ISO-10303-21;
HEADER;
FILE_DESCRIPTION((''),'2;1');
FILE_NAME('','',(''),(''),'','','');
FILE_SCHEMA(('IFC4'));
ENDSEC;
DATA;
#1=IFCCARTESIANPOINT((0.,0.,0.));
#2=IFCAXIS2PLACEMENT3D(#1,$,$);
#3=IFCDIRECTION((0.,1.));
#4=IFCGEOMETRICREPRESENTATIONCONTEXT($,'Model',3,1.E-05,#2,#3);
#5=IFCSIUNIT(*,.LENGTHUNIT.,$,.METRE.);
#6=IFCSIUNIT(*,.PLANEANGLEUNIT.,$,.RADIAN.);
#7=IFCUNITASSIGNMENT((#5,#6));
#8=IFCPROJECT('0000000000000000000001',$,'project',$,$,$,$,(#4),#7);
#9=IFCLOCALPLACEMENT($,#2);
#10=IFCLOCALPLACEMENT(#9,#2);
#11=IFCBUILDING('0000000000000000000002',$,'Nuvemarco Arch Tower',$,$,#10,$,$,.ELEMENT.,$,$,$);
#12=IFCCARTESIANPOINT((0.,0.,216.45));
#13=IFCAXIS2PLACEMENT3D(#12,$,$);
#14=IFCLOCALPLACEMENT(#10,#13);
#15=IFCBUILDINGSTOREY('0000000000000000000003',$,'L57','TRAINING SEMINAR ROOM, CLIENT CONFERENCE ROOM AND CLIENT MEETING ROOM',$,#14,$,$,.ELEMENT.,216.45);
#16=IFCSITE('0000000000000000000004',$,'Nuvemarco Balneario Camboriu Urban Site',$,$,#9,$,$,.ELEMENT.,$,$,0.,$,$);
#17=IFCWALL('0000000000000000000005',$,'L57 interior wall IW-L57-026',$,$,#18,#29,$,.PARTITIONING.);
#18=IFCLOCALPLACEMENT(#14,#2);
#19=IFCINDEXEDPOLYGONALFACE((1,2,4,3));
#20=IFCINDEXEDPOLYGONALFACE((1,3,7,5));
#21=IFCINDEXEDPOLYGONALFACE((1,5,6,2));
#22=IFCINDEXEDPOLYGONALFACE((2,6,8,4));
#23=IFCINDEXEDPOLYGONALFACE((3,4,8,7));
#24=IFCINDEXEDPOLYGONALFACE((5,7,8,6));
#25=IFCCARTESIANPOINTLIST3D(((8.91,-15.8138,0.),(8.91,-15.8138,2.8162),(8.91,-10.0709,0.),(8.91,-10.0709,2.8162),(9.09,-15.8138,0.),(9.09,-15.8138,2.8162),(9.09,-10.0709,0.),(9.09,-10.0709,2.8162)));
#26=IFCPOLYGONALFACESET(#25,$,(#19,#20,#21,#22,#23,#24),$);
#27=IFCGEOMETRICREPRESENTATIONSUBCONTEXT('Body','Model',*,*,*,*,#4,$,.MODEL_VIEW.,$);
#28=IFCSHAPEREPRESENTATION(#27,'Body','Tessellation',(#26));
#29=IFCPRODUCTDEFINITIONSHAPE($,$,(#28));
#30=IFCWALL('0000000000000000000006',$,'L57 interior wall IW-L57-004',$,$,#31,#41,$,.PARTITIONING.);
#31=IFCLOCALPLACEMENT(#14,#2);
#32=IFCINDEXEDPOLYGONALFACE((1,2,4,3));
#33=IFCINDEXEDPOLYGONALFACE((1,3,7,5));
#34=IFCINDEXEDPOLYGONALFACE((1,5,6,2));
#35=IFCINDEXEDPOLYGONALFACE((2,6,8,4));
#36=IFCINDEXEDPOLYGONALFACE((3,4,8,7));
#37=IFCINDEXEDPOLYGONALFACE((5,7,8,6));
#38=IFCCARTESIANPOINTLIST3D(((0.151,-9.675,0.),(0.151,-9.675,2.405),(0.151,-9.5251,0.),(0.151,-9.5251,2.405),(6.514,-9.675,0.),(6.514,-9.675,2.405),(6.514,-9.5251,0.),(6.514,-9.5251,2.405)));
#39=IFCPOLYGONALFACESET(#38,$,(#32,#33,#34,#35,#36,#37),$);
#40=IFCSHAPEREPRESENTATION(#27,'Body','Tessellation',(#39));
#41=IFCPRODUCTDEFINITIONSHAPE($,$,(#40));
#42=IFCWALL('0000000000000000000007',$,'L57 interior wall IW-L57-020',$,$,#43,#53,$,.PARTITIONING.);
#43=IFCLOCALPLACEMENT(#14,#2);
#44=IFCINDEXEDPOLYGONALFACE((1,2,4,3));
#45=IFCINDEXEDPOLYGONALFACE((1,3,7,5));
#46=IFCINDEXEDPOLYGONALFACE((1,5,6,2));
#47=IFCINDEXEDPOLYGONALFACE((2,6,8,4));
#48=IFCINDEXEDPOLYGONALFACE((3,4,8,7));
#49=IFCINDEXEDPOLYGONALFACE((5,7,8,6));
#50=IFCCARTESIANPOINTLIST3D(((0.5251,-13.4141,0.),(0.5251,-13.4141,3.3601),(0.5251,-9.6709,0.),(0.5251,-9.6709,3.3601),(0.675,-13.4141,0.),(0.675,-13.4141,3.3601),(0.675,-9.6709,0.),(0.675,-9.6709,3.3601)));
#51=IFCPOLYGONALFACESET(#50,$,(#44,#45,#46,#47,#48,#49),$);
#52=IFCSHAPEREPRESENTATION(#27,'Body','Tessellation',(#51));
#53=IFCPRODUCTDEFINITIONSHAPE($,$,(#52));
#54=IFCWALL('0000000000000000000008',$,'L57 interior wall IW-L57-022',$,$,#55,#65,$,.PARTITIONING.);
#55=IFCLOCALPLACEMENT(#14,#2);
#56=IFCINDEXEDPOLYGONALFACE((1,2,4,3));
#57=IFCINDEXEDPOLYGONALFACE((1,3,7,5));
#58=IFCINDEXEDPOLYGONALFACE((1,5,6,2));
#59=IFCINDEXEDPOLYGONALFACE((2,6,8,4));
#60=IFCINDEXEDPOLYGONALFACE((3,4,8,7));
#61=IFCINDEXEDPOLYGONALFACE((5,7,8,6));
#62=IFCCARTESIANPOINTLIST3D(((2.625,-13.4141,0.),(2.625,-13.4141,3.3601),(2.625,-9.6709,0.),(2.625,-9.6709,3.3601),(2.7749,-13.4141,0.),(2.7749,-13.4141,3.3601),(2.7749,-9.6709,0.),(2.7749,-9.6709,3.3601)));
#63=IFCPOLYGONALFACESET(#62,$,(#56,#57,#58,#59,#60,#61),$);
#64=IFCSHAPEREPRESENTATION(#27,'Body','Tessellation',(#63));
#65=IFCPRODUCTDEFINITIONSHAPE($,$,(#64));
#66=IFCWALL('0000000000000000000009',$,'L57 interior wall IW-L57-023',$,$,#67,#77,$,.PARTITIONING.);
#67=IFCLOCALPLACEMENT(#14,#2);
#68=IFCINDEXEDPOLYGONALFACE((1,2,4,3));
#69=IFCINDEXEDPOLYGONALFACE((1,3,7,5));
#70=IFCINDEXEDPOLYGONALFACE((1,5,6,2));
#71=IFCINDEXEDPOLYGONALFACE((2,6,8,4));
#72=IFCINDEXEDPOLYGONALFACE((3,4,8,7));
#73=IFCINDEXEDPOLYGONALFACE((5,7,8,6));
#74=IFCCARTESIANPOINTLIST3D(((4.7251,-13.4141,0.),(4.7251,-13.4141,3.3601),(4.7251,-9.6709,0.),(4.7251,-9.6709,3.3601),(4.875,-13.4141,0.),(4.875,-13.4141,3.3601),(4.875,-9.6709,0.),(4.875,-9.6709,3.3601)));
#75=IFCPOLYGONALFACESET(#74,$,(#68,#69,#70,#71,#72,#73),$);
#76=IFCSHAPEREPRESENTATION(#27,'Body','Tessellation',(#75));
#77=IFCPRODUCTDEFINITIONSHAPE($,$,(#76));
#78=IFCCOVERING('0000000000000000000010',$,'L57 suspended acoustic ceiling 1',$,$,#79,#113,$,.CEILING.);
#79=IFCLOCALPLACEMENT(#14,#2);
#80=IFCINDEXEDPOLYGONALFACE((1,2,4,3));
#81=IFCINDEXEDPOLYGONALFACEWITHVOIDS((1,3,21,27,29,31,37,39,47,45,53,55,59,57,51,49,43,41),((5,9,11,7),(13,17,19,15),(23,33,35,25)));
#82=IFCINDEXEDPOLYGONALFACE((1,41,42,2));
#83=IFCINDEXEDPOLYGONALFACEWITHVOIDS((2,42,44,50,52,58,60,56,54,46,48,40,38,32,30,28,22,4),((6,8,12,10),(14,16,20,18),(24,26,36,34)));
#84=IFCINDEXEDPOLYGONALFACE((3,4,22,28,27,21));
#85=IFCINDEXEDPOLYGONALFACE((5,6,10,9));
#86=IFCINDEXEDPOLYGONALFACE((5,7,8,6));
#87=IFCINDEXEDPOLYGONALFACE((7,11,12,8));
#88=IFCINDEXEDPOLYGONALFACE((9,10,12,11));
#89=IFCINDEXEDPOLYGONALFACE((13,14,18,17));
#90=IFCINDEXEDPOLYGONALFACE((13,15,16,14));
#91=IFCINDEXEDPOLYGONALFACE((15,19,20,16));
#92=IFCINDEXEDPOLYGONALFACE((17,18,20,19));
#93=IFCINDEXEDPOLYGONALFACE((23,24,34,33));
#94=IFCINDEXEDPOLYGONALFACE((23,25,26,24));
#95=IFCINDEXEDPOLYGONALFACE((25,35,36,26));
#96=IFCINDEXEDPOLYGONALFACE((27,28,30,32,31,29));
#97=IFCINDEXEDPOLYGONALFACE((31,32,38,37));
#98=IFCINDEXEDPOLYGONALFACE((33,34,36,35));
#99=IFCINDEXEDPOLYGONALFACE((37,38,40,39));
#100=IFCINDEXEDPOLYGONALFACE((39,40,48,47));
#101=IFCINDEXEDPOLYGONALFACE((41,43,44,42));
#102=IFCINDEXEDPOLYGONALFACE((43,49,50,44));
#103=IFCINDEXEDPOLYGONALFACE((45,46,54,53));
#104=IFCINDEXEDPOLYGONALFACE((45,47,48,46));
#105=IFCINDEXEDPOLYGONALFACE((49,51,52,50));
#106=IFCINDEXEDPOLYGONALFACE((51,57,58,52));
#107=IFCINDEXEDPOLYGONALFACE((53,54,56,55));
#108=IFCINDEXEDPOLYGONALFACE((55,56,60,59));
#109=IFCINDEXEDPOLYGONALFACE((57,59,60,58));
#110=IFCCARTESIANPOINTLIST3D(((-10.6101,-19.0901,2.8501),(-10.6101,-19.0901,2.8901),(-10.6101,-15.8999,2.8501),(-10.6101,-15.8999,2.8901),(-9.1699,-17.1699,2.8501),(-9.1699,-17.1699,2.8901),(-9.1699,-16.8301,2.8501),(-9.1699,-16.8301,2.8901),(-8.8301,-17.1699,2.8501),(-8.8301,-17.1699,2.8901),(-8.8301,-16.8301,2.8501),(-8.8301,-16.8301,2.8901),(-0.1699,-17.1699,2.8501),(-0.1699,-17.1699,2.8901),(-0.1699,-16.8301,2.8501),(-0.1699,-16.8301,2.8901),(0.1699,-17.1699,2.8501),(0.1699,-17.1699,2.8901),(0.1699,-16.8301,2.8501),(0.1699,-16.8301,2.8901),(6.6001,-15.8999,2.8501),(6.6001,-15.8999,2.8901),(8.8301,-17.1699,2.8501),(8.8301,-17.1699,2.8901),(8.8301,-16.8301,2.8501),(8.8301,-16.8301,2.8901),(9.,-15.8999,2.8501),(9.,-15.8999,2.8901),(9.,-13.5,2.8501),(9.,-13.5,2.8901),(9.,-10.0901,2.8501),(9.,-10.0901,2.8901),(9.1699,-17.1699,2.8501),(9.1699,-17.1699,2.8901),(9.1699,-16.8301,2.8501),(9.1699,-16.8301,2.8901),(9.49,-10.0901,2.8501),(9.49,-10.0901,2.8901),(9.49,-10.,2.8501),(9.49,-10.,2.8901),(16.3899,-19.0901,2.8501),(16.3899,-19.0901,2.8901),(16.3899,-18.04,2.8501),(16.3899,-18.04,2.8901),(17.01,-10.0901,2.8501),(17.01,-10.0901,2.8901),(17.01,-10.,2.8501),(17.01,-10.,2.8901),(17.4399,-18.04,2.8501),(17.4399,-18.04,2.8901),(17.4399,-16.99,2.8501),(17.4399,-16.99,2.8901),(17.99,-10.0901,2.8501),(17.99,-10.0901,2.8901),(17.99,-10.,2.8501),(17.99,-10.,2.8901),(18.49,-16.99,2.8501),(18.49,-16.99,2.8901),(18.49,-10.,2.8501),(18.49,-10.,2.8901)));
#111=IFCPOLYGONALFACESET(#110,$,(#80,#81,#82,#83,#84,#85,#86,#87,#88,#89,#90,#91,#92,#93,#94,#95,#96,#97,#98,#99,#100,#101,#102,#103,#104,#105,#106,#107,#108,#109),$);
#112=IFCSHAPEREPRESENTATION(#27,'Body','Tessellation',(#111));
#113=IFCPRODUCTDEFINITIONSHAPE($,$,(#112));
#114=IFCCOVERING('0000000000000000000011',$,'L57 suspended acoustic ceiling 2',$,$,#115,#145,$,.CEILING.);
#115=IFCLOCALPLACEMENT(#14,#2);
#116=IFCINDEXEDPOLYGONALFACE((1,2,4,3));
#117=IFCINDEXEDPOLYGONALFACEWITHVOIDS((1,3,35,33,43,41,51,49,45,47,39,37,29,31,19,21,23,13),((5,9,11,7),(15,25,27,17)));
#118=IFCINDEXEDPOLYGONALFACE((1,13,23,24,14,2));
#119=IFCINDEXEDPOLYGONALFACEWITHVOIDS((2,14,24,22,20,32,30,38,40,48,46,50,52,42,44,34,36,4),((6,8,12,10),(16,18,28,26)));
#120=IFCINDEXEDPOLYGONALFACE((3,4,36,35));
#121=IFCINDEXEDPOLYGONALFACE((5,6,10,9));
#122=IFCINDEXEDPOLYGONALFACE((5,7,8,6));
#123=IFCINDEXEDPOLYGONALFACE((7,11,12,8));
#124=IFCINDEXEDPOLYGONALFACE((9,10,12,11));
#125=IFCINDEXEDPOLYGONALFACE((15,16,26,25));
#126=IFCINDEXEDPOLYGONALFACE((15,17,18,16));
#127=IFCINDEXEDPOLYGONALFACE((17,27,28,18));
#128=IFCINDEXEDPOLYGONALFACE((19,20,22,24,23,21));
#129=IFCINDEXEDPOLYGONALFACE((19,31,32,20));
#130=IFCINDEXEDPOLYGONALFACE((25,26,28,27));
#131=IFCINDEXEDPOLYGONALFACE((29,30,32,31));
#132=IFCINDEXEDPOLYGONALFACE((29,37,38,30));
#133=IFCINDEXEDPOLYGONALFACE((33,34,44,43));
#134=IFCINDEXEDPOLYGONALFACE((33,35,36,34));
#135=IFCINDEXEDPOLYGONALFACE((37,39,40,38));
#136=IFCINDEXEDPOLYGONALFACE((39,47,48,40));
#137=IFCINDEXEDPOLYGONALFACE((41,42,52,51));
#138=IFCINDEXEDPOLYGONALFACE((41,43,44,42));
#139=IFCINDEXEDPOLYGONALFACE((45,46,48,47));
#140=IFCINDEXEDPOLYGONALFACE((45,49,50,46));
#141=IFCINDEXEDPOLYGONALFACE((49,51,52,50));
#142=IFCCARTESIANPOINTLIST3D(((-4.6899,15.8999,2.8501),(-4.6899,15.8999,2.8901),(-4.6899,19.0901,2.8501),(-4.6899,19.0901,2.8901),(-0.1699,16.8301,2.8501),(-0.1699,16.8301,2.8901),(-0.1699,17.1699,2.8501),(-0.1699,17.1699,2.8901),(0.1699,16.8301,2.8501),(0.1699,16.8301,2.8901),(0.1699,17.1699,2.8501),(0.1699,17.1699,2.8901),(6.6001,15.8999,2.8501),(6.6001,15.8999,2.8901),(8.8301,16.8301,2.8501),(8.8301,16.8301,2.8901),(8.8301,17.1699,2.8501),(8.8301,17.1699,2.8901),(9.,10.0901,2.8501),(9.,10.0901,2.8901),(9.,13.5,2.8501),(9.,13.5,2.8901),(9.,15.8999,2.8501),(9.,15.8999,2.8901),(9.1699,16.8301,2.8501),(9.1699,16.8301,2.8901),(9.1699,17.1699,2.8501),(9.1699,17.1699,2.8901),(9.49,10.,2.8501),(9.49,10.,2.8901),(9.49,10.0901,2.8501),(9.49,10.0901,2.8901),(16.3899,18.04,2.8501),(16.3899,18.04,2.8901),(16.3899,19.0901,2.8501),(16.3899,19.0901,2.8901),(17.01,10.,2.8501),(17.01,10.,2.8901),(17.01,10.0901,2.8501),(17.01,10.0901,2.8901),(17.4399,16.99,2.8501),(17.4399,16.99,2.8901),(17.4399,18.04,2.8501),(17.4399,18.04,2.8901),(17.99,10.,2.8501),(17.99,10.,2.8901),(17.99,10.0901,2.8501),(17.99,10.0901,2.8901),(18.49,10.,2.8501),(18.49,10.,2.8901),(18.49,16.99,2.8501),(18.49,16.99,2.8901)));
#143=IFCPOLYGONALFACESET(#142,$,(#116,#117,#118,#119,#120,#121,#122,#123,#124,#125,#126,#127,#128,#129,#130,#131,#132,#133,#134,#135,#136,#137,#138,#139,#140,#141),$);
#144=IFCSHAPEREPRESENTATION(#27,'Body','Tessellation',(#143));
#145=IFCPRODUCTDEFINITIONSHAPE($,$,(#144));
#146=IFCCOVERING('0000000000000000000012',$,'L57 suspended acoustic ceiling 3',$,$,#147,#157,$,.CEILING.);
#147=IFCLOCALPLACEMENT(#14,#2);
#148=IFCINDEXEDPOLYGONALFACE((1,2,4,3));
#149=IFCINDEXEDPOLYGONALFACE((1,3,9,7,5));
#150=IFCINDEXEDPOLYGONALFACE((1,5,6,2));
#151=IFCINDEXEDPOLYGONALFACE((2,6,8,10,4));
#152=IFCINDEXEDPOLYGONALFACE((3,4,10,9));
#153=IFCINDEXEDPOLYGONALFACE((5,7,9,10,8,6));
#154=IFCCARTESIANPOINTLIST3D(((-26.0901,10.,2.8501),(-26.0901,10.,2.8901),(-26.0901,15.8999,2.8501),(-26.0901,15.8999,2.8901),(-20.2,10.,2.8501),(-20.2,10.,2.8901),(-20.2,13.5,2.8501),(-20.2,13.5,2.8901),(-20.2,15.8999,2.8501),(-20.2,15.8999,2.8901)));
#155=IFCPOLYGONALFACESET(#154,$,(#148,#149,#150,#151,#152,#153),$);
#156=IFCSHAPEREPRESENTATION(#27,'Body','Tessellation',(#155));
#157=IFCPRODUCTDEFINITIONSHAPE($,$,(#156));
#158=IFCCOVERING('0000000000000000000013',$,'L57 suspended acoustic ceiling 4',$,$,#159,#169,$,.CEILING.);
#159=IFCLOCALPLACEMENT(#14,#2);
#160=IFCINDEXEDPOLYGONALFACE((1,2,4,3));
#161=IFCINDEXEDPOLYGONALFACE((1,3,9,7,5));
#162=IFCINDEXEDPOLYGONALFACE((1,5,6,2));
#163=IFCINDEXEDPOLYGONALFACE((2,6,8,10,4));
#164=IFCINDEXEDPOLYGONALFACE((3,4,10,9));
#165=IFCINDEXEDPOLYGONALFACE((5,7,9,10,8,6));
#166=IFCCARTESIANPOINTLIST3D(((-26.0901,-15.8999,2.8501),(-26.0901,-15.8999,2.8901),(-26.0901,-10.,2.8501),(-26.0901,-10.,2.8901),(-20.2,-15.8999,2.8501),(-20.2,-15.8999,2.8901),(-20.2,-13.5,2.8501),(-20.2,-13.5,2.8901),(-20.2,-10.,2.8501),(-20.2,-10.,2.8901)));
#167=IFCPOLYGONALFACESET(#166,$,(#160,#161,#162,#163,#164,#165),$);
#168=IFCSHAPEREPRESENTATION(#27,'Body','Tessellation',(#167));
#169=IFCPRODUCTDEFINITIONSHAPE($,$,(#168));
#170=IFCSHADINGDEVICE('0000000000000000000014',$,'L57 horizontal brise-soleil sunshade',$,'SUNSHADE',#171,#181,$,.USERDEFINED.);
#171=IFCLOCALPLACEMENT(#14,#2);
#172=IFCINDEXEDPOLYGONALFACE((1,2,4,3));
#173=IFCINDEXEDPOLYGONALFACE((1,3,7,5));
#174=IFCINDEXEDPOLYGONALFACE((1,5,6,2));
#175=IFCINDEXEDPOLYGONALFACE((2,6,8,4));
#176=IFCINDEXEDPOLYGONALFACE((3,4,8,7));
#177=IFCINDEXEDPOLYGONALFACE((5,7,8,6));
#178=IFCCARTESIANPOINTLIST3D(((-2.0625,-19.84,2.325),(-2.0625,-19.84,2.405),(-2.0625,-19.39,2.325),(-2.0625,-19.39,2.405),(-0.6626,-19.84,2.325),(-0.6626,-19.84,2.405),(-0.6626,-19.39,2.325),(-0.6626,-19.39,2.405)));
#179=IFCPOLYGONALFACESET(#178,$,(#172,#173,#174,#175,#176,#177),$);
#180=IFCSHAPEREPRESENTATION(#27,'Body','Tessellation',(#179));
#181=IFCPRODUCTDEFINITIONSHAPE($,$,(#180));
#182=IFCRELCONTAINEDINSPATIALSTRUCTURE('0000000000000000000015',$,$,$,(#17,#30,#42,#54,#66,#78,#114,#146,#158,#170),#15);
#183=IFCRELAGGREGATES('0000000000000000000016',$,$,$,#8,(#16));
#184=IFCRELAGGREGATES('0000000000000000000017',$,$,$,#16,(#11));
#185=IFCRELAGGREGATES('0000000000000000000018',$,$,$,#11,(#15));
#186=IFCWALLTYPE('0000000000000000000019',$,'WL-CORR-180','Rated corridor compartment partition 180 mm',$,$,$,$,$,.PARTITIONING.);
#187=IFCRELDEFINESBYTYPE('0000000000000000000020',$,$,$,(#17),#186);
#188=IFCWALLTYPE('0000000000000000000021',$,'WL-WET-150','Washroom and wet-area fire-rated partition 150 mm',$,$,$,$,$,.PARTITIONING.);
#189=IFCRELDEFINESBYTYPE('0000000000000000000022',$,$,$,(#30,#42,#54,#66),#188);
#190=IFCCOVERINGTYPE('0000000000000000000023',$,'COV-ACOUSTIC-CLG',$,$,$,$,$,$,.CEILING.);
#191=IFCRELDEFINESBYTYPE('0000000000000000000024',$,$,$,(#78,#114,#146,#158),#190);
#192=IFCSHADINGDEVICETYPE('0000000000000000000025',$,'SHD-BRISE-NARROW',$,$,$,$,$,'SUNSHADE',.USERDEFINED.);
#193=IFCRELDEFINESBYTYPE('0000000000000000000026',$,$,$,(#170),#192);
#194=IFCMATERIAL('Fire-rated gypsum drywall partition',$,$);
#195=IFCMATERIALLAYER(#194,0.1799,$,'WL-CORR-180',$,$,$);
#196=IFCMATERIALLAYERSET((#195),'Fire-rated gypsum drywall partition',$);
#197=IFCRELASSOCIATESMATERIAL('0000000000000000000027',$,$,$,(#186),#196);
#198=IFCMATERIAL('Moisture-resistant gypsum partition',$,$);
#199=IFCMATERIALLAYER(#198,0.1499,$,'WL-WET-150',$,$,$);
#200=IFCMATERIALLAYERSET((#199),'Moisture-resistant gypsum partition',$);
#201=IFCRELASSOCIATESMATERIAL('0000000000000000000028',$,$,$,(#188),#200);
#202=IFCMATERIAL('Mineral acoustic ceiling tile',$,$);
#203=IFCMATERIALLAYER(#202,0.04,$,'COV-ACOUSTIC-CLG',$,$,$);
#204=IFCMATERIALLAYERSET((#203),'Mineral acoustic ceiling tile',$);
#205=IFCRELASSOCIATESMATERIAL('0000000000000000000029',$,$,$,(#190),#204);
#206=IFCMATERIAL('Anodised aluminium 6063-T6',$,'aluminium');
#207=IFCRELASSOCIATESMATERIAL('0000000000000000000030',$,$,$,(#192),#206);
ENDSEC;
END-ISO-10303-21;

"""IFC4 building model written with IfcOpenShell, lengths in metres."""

from ifc_helpers import new_model, si_unit, direction, frame, frame_2d, origin, origin_2d, place, context, subcontext, project, spatial, polyline, rectangle, outline, extrude, source, transform, mapped, material, layer, layer_set, type_object, type_shapes, element, save


model = new_model("IFC4")

# Units and contexts
model_context = context("Model", 3, precision=1e-05, world=origin(), true_north=direction((0.0, 1.0)))
body_context = subcontext(model_context, "Body", "Model", "MODEL_VIEW")
ifc_project = project(units=[si_unit("LENGTHUNIT", "METRE"), si_unit("PLANEANGLEUNIT", "RADIAN")], contexts=[model_context])

# Site, building, storey
site_placement = place(None, origin())
site = spatial("IfcSite", under=ifc_project, at=site_placement, Name="Nuvemarco Balneario Camboriu Urban Site", CompositionType="ELEMENT", RefElevation=0.0)
building_placement = place(site_placement, origin())
building = spatial("IfcBuilding", under=site, at=building_placement, Name="Nuvemarco Arch Tower", CompositionType="ELEMENT")
storey_placement = place(building_placement, frame((0.0, 0.0, 216.45)))
storey = spatial("IfcBuildingStorey", under=building, at=storey_placement, Name="L57", Description="TRAINING SEMINAR ROOM, CLIENT CONFERENCE ROOM AND CLIENT MEETING ROOM", CompositionType="ELEMENT", Elevation=216.45)

# Shared definitions
ifc_material_1 = material(Name="Fire-rated gypsum drywall partition")
ifc_layer_1 = layer(ifc_material_1, 0.1799, Name="WL-CORR-180")
ifc_layer_set_1 = layer_set([ifc_layer_1], Name="Fire-rated gypsum drywall partition")
wall_type_1 = type_object("IfcWallType", Name="WL-CORR-180", Description="Rated corridor compartment partition 180 mm", PredefinedType="PARTITIONING", material=ifc_layer_set_1)

# Walls
wall_1_placement = place(storey_placement, frame((9.0, -15.814, 0.0), z_axis=(0.0, 0.0, 1.0), x_axis=(0.0, 1.0, 0.0)))
element("IfcWall", 1, at=wall_1_placement, inside=storey, type_object=wall_type_1, Name="L57 interior wall IW-L57-026", PredefinedType="PARTITIONING", context=body_context, shape_type="SweptSolid", body=[
    extrude(rectangle(XDim=5.7429, YDim=0.1799, at=frame_2d((2.8716, 0.0))), origin(), (0.0, 0.0, 1.0), 2.8162),
])
ifc_material_2 = material(Name="Moisture-resistant gypsum partition")
ifc_layer_2 = layer(ifc_material_2, 0.1499, Name="WL-WET-150")
ifc_layer_set_2 = layer_set([ifc_layer_2], Name="Moisture-resistant gypsum partition")
wall_type_2 = type_object("IfcWallType", Name="WL-WET-150", Description="Washroom and wet-area fire-rated partition 150 mm", PredefinedType="PARTITIONING", material=ifc_layer_set_2)
wall_2_placement = place(storey_placement, frame((0.1509, -9.6001, 0.0), z_axis=(0.0, 0.0, 1.0), x_axis=(1.0, 0.0, 0.0)))
element("IfcWall", 2, at=wall_2_placement, inside=storey, type_object=wall_type_2, Name="L57 interior wall IW-L57-004", PredefinedType="PARTITIONING", context=body_context, shape_type="SweptSolid", body=[
    extrude(rectangle(XDim=6.363, YDim=0.1499, at=frame_2d((3.1816, 0.0))), origin(), (0.0, 0.0, 1.0), 2.405),
])
for number, where, z_axis, x_axis, name in (
    (3, (0.6001, -13.4141, 0.0), (0.0, 0.0, 1.0), (0.0, 1.0, 0.0), "L57 interior wall IW-L57-020"),
    (4, (2.7, -13.4141, 0.0), (0.0, 0.0, 1.0), (0.0, 1.0, 0.0), "L57 interior wall IW-L57-022"),
    (5, (4.8, -13.4141, 0.0), (0.0, 0.0, 1.0), (0.0, 1.0, 0.0), "L57 interior wall IW-L57-023"),
):
    element("IfcWall", number, at=place(storey_placement, frame(where, z_axis=z_axis, x_axis=x_axis)), inside=storey, type_object=wall_type_2, Name=name, PredefinedType="PARTITIONING", context=body_context, shape_type="SweptSolid", body=[
        extrude(rectangle(XDim=3.7432, YDim=0.1499, at=frame_2d((1.8716, 0.0))), origin(), (0.0, 0.0, 1.0), 3.3601),
    ])

# Coverings
ifc_material_3 = material(Name="Mineral acoustic ceiling tile")
ifc_layer_3 = layer(ifc_material_3, 0.04, Name="COV-ACOUSTIC-CLG")
ifc_layer_set_3 = layer_set([ifc_layer_3], Name="Mineral acoustic ceiling tile")
covering_type = type_object("IfcCoveringType", Name="COV-ACOUSTIC-CLG", PredefinedType="CEILING", material=ifc_layer_set_3)
covering_1_placement = place(storey_placement, frame((0.0, 0.0, 2.8501)))
element("IfcCovering", 6, at=covering_1_placement, inside=storey, type_object=covering_type, Name="L57 suspended acoustic ceiling 1", PredefinedType="CEILING", context=body_context, shape_type="SweptSolid", body=[
    extrude(outline(polyline([(-10.6101, -15.8999), (6.6001, -15.8999), (9.0, -15.8999), (9.0, -13.5), (9.0, -10.0901), (9.49, -10.0901), (9.49, -10.0), (17.01, -10.0), (17.01, -10.0901), (17.99, -10.0901), (17.99, -10.0), (18.49, -10.0), (18.49, -16.99), (17.4399, -16.99), (17.4399, -18.04), (16.3899, -18.04), (16.3899, -19.0901), (-10.6101, -19.0901), (-10.6101, -15.8999)]), holes=[polyline([(-8.8301, -16.8301), (-9.1699, -16.8301), (-9.1699, -17.1699), (-8.8301, -17.1699), (-8.8301, -16.8301)]), polyline([(0.1699, -17.1699), (0.1699, -16.8301), (-0.1699, -16.8301), (-0.1699, -17.1699), (0.1699, -17.1699)]), polyline([(9.1699, -17.1699), (9.1699, -16.8301), (8.8301, -16.8301), (8.8301, -17.1699), (9.1699, -17.1699)])]), origin(), (0.0, 0.0, 1.0), 0.04),
])
covering_2_placement = place(storey_placement, frame((0.0, 0.0, 2.8501)))
element("IfcCovering", 7, at=covering_2_placement, inside=storey, type_object=covering_type, Name="L57 suspended acoustic ceiling 2", PredefinedType="CEILING", context=body_context, shape_type="SweptSolid", body=[
    extrude(outline(polyline([(18.49, 16.99), (18.49, 10.0), (17.99, 10.0), (17.99, 10.0901), (17.01, 10.0901), (17.01, 10.0), (9.49, 10.0), (9.49, 10.0901), (9.0, 10.0901), (9.0, 13.5), (9.0, 15.8999), (6.6001, 15.8999), (-4.6899, 15.8999), (-4.6899, 19.0901), (16.3899, 19.0901), (16.3899, 18.04), (17.4399, 18.04), (17.4399, 16.99), (18.49, 16.99)]), holes=[polyline([(0.1699, 16.8301), (0.1699, 17.1699), (-0.1699, 17.1699), (-0.1699, 16.8301), (0.1699, 16.8301)]), polyline([(9.1699, 17.1699), (8.8301, 17.1699), (8.8301, 16.8301), (9.1699, 16.8301), (9.1699, 17.1699)])]), origin(), (0.0, 0.0, 1.0), 0.04),
])
covering_3_placement = place(storey_placement, frame((0.0, 0.0, 2.8501)))
element("IfcCovering", 8, at=covering_3_placement, inside=storey, type_object=covering_type, Name="L57 suspended acoustic ceiling 3", PredefinedType="CEILING", context=body_context, shape_type="SweptSolid", body=[
    extrude(outline(polyline([(-20.2, 10.0), (-26.0901, 10.0), (-26.0901, 15.8999), (-20.2, 15.8999), (-20.2, 13.5), (-20.2, 10.0)])), origin(), (0.0, 0.0, 1.0), 0.04),
])
covering_4_placement = place(storey_placement, frame((0.0, 0.0, 2.8501)))
element("IfcCovering", 9, at=covering_4_placement, inside=storey, type_object=covering_type, Name="L57 suspended acoustic ceiling 4", PredefinedType="CEILING", context=body_context, shape_type="SweptSolid", body=[
    extrude(outline(polyline([(-20.2, -15.8999), (-26.0901, -15.8999), (-26.0901, -10.0), (-20.2, -10.0), (-20.2, -13.5), (-20.2, -15.8999)])), origin(), (0.0, 0.0, 1.0), 0.04),
])

# Shading device
ifc_material_4 = material(Name="Anodised aluminium 6063-T6", Category="aluminium")
shading_device_type = type_object("IfcShadingDeviceType", Name="SHD-BRISE-NARROW", ElementType="SUNSHADE", PredefinedType="USERDEFINED", material=ifc_material_4)
shared_shape_1 = source(origin(), body_context, "Body", "SweptSolid", [
    extrude(rectangle(XDim=1.3999, YDim=0.45, at=origin_2d()), origin(), (0.0, 0.0, 1.0), 0.0801),
])
type_shapes(shading_device_type, [shared_shape_1])
for number, where, z_axis, x_axis, name in (
    (10, (-1.3625, -19.615, 2.325), (0.0, 0.0, 1.0), (1.0, 0.0, 0.0), "L57 horizontal brise-soleil sunshade"),
):
    element("IfcShadingDevice", number, at=place(storey_placement, frame(where, z_axis=z_axis, x_axis=x_axis)), inside=storey, type_object=shading_device_type, Name=name, ObjectType="SUNSHADE", PredefinedType="USERDEFINED", context=body_context, shape_type="MappedRepresentation", body=[
        mapped(shared_shape_1, transform((0.0, 0.0, 0.0), scale=1.0)),
    ])

save(model, "model.ifc")
